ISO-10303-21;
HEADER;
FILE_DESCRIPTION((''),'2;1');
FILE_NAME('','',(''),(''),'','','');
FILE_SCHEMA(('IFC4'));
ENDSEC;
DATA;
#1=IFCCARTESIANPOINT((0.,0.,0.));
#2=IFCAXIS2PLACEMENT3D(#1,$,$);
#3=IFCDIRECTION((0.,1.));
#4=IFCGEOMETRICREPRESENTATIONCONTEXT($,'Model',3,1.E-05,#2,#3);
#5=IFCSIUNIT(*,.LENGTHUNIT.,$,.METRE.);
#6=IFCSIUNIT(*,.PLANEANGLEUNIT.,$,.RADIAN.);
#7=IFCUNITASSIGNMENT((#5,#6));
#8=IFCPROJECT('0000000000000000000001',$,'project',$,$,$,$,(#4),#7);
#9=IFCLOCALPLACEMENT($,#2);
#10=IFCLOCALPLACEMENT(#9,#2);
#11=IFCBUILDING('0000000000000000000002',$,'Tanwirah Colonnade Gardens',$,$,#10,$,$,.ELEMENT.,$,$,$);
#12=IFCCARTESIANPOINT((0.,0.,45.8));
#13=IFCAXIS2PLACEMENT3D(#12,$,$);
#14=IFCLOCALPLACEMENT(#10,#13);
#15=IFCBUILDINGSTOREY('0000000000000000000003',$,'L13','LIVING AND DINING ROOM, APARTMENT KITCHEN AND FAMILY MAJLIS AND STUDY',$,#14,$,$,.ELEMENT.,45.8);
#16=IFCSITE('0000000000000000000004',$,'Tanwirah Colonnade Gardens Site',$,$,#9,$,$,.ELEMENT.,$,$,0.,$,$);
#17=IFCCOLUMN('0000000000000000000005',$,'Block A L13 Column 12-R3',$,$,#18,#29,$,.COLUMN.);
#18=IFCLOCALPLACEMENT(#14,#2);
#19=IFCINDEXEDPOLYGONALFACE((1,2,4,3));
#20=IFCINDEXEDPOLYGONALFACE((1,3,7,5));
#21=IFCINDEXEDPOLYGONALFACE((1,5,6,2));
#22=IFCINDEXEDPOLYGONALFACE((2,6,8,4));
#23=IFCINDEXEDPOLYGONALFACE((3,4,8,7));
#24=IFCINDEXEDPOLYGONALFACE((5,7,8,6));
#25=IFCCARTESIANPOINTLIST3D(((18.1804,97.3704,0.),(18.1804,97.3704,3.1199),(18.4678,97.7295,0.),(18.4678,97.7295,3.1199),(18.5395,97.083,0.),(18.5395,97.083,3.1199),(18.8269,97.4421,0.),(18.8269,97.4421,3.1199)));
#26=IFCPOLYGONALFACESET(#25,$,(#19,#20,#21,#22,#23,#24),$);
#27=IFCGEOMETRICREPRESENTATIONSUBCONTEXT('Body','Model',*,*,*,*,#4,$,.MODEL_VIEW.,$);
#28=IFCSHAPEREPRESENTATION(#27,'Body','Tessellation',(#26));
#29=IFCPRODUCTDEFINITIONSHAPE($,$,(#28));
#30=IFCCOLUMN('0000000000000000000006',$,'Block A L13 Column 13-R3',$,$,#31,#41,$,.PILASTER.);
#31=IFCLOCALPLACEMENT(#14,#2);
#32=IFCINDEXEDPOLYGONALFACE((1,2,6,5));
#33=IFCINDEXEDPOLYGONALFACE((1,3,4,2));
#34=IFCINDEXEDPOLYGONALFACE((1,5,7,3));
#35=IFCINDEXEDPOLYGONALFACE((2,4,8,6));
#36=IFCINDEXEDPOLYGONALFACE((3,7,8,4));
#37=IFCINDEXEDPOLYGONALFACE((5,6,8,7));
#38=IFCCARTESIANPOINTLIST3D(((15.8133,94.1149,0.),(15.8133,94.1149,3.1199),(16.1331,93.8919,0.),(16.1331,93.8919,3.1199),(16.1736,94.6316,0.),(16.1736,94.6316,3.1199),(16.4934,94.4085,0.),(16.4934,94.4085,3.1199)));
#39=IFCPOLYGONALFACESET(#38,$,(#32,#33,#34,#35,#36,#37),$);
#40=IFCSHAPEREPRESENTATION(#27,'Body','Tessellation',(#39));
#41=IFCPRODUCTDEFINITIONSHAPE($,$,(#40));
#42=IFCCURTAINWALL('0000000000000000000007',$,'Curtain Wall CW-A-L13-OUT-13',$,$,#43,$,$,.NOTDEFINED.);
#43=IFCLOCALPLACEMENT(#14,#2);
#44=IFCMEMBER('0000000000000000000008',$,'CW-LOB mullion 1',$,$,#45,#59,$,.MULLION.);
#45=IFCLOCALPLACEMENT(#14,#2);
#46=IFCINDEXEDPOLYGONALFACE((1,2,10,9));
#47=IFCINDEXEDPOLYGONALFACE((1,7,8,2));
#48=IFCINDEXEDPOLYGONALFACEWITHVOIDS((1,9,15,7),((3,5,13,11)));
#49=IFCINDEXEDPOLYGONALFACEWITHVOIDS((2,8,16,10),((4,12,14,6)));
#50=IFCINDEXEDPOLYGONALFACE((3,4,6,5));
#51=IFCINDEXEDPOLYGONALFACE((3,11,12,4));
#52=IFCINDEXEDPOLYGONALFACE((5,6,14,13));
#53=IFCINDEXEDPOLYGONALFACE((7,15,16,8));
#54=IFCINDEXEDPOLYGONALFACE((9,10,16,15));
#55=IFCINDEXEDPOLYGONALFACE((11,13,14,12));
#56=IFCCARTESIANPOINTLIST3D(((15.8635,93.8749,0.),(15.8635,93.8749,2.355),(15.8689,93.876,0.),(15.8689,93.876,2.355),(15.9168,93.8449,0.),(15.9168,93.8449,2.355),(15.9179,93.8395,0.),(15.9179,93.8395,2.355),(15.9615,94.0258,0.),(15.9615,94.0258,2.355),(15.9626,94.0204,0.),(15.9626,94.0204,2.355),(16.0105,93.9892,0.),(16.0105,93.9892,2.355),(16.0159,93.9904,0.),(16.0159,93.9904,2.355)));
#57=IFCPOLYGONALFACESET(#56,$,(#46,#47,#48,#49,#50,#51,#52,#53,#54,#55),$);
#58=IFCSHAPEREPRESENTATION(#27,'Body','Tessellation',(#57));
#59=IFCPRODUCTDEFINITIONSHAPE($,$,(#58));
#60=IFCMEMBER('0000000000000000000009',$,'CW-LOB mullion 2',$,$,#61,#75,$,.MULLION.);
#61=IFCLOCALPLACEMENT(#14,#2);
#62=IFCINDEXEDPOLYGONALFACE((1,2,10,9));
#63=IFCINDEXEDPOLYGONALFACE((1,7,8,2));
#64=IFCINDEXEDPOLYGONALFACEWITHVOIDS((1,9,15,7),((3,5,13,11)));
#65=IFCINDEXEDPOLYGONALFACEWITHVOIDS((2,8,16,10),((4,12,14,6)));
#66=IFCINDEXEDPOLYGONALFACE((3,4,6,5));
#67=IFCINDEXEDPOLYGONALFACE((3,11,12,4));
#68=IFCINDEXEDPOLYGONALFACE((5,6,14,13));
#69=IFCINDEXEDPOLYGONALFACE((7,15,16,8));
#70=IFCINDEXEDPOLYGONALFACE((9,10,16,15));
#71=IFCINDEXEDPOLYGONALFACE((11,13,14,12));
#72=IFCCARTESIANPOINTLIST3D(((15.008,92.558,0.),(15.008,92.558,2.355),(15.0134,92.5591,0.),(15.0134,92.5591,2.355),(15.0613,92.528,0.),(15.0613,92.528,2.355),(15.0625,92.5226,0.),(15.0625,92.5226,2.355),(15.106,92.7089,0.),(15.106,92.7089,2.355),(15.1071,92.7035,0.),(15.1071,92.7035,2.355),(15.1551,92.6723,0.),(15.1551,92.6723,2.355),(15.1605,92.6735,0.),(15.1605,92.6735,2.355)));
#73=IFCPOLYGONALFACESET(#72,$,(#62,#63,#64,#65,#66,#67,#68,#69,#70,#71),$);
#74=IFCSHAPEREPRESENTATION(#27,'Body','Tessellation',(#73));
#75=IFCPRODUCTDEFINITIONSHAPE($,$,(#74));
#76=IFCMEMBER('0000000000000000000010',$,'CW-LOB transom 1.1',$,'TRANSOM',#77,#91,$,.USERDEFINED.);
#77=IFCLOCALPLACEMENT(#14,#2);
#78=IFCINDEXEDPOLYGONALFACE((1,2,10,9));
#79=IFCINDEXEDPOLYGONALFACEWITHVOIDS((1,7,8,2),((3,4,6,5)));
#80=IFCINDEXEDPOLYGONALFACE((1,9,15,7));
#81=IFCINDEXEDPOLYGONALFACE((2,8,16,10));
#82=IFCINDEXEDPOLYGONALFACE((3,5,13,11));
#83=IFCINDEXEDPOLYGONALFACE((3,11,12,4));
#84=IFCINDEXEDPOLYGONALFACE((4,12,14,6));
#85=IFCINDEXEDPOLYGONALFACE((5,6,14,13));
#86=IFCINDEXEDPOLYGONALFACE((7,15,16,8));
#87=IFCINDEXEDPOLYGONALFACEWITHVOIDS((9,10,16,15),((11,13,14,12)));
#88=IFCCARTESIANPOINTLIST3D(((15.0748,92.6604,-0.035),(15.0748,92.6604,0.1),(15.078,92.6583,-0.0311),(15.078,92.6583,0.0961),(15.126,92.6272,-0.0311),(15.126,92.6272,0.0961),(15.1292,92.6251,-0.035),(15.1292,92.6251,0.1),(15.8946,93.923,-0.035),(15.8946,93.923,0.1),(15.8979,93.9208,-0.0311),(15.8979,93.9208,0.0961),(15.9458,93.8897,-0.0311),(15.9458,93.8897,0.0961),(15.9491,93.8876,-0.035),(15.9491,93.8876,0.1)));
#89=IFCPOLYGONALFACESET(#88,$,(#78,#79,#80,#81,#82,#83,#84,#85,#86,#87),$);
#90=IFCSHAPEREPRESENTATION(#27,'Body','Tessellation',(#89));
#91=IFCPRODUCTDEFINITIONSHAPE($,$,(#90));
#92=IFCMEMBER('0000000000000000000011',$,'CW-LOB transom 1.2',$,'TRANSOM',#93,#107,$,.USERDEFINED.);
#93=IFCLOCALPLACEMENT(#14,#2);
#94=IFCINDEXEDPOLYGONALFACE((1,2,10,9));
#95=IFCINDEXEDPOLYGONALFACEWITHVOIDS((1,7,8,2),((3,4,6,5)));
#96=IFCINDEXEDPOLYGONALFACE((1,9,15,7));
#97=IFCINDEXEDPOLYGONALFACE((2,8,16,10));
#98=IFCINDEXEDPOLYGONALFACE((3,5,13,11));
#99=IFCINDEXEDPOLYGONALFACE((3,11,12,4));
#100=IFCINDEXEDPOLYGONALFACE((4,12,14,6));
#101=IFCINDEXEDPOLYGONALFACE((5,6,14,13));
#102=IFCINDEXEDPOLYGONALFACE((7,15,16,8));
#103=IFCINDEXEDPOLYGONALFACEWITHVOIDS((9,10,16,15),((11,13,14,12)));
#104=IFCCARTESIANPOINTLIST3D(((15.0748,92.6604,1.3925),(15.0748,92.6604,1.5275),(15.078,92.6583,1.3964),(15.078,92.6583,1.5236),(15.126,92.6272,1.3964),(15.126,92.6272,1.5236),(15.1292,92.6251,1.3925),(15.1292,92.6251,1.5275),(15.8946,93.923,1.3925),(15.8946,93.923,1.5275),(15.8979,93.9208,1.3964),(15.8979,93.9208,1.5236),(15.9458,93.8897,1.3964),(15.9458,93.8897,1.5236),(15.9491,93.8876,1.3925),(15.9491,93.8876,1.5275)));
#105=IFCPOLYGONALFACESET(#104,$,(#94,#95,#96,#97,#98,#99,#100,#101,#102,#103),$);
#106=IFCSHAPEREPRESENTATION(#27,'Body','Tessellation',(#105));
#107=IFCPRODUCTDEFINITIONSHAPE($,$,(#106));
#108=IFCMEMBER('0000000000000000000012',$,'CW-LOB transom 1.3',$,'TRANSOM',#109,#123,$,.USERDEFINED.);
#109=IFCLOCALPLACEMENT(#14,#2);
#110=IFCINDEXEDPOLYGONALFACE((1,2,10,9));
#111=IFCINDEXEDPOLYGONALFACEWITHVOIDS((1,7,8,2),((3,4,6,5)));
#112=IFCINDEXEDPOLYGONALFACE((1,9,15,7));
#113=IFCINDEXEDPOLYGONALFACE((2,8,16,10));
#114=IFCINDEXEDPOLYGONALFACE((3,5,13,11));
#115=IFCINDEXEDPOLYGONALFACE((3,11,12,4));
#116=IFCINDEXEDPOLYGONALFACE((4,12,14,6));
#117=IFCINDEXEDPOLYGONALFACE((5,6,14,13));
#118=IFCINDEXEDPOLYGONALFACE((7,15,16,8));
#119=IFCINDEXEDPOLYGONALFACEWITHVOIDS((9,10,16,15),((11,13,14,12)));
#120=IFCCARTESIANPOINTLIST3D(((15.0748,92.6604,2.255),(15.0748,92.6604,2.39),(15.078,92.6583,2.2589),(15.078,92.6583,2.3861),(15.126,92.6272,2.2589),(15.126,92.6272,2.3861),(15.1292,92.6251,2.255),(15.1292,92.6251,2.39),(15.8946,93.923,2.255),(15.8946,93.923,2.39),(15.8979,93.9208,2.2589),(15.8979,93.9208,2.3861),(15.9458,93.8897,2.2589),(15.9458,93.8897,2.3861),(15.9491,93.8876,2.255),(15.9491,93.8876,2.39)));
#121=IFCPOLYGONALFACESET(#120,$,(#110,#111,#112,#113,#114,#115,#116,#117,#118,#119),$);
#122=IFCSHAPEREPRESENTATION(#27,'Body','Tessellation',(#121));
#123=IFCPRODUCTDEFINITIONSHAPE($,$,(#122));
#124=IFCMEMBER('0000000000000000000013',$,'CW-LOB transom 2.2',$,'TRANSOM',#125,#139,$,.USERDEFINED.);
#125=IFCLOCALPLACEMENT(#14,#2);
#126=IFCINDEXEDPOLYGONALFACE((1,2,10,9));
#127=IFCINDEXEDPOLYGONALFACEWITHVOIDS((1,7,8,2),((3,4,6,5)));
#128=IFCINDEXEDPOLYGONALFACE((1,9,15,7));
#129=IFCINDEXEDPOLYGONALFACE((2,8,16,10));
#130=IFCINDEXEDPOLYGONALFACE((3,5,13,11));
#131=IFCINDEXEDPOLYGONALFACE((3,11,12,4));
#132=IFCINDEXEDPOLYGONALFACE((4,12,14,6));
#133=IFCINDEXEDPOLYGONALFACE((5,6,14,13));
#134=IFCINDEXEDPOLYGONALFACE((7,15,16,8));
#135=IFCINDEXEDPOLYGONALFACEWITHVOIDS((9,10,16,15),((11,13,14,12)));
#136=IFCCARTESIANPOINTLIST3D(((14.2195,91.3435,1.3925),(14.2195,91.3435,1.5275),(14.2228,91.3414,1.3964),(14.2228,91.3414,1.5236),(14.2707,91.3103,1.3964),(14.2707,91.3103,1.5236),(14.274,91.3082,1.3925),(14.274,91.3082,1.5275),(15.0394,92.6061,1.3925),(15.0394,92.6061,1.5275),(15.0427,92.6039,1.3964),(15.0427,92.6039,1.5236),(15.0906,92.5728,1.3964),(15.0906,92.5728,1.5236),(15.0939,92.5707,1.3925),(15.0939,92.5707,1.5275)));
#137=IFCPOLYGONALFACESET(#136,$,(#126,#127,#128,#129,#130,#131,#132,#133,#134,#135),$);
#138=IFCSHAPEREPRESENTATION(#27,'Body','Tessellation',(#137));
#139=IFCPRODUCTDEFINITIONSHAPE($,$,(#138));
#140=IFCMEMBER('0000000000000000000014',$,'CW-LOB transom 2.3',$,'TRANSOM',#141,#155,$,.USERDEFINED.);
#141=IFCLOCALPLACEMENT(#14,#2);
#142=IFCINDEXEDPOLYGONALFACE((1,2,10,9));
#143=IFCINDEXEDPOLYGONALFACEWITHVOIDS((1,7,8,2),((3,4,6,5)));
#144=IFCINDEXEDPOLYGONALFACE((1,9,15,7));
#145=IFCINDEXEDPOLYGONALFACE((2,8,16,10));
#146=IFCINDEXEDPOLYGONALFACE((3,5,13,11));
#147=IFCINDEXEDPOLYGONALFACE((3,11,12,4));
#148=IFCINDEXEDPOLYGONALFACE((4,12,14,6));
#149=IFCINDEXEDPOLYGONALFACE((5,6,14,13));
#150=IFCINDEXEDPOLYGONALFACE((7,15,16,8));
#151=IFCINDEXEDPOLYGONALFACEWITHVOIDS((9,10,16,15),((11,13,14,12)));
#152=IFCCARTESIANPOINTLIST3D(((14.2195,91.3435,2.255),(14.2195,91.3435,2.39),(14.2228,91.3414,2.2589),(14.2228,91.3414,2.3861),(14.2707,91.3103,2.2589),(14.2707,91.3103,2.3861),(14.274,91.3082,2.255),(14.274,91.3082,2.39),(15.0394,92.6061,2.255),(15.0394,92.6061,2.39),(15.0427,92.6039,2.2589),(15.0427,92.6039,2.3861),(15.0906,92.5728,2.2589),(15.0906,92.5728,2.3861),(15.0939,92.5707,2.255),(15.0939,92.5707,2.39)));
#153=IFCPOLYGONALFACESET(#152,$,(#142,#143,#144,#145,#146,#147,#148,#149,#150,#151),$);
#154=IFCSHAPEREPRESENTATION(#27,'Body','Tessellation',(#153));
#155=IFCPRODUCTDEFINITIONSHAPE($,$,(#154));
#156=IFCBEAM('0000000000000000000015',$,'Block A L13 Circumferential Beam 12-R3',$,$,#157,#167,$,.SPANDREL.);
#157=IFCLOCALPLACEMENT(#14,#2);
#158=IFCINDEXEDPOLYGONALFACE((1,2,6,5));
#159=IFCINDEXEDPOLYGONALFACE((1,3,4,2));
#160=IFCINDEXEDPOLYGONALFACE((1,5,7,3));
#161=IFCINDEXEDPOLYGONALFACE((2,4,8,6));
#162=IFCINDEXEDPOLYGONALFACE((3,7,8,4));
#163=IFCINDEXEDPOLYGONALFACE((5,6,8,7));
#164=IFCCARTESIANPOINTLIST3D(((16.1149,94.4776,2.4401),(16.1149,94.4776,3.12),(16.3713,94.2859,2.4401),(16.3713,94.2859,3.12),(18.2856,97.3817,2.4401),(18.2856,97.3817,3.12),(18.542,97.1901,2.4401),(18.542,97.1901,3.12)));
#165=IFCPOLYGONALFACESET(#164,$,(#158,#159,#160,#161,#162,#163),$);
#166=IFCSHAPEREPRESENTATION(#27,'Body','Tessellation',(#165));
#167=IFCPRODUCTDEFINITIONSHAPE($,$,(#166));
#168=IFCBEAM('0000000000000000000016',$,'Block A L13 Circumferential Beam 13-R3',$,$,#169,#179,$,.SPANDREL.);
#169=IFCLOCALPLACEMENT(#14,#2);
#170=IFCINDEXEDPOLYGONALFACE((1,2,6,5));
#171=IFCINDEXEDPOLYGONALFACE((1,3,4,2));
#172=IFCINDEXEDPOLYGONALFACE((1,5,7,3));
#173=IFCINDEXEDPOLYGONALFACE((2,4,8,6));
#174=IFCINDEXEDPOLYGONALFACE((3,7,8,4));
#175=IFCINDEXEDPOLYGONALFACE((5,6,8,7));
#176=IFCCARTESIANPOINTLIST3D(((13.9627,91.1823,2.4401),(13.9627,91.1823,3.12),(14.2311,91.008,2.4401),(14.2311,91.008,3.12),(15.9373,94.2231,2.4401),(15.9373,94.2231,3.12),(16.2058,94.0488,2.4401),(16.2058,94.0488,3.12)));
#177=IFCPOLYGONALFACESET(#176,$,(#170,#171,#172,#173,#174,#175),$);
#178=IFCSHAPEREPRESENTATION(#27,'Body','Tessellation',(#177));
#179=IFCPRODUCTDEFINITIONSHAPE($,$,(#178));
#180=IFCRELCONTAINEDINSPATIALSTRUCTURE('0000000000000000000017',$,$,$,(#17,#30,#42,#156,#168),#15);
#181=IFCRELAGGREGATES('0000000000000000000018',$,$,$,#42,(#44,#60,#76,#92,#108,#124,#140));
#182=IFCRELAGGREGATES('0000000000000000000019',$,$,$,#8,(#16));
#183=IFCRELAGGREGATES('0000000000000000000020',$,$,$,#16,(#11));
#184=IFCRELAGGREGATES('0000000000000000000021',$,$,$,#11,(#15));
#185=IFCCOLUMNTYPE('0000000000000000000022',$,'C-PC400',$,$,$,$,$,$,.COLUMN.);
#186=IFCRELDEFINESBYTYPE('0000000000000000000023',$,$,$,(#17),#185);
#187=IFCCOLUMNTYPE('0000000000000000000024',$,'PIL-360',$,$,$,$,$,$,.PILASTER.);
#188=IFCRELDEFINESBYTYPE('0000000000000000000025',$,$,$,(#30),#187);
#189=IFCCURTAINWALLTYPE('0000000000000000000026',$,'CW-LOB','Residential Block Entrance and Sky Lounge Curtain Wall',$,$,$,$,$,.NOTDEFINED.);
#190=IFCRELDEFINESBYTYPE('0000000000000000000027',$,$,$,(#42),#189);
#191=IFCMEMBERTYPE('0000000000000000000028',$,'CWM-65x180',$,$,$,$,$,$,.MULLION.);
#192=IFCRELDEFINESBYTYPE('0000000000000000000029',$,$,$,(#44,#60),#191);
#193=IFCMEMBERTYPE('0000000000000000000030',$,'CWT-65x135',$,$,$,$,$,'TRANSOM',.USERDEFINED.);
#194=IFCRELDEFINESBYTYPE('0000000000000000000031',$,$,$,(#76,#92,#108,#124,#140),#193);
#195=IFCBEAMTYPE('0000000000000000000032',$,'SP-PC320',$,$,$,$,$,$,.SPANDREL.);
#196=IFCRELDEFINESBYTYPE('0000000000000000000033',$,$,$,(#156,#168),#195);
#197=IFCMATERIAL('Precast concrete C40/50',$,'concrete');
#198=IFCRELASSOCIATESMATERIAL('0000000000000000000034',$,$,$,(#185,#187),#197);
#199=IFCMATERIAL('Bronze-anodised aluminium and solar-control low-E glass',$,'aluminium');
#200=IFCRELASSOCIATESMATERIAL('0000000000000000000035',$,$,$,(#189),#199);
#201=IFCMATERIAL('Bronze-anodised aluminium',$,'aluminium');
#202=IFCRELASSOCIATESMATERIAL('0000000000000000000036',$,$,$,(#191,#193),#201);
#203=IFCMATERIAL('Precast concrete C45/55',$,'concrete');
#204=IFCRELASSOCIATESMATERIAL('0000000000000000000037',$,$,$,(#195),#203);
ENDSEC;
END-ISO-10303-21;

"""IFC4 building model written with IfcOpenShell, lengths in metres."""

from ifc_helpers import new_model, si_unit, direction, frame, origin, origin_2d, place, context, subcontext, project, spatial, rectangle, hollow_rectangle, extrude, material, material_profile, profile_set, type_object, element, aggregate, save


model = new_model("IFC4")

# Units and contexts
model_context = context("Model", 3, precision=1e-05, world=origin(), true_north=direction((0.0, 1.0)))
body_context = subcontext(model_context, "Body", "Model", "MODEL_VIEW")
ifc_project = project(units=[si_unit("LENGTHUNIT", "METRE"), si_unit("PLANEANGLEUNIT", "RADIAN")], contexts=[model_context])

# Site, building, storey
site_placement = place(None, origin())
site = spatial("IfcSite", under=ifc_project, at=site_placement, Name="Tanwirah Colonnade Gardens Site", CompositionType="ELEMENT", RefElevation=0.0)
building_placement = place(site_placement, origin())
building = spatial("IfcBuilding", under=site, at=building_placement, Name="Tanwirah Colonnade Gardens", CompositionType="ELEMENT")
storey_placement = place(building_placement, frame((0.0, 0.0, 45.8)))
storey = spatial("IfcBuildingStorey", under=building, at=storey_placement, Name="L13", Description="LIVING AND DINING ROOM, APARTMENT KITCHEN AND FAMILY MAJLIS AND STUDY", CompositionType="ELEMENT", Elevation=45.8)

# Columns
ifc_material_1 = material(Name="Precast concrete C40/50", Category="concrete")
ifc_material_profile_1 = material_profile(ifc_material_1, rectangle(XDim=0.46, YDim=0.46, at=origin_2d()), Name="PC-COL 460x460")
ifc_profile_set_1 = profile_set([ifc_material_profile_1], Name="Precast concrete C40/50")
column_type_1 = type_object("IfcColumnType", Name="C-PC400", PredefinedType="COLUMN", material=ifc_profile_set_1)
column_1_placement = place(storey_placement, frame((18.5037, 97.4062, 0.0), z_axis=(0.0, 0.0, 1.0), x_axis=(-0.780794, 0.624788, 0.0)))
element("IfcColumn", 1, at=column_1_placement, inside=storey, type_object=column_type_1, Name="Block A L13 Column 12-R3", PredefinedType="COLUMN", context=body_context, shape_type="SweptSolid", body=[
    extrude(rectangle(XDim=0.46, YDim=0.46, at=origin_2d()), origin(), (0.0, 0.0, 1.0), 3.1199),
])
ifc_material_profile_2 = material_profile(ifc_material_1, rectangle(XDim=0.3899, YDim=0.6299, at=origin_2d()), Name="PC-PIL 390x630")
ifc_profile_set_2 = profile_set([ifc_material_profile_2], Name="Precast concrete C40/50")
column_type_2 = type_object("IfcColumnType", Name="PIL-360", PredefinedType="PILASTER", material=ifc_profile_set_2)
column_2_placement = place(storey_placement, frame((16.1533, 94.2617, 0.0), z_axis=(0.0, 0.0, 1.0), x_axis=(-0.820263, 0.571987, 0.0)))
element("IfcColumn", 2, at=column_2_placement, inside=storey, type_object=column_type_2, Name="Block A L13 Column 13-R3", PredefinedType="PILASTER", context=body_context, shape_type="SweptSolid", body=[
    extrude(rectangle(XDim=0.3899, YDim=0.6299, at=origin_2d()), origin(), (0.0, 0.0, 1.0), 3.1199),
])

# Curtain wall, members
ifc_material_2 = material(Name="Bronze-anodised aluminium and solar-control low-E glass", Category="aluminium")
curtain_wall_type = type_object("IfcCurtainWallType", Name="CW-LOB", Description="Residential Block Entrance and Sky Lounge Curtain Wall", PredefinedType="NOTDEFINED", material=ifc_material_2)
curtain_wall_placement = place(storey_placement, origin())
curtain_wall = element("IfcCurtainWall", 3, at=curtain_wall_placement, inside=storey, type_object=curtain_wall_type, Name="Curtain Wall CW-A-L13-OUT-13", PredefinedType="NOTDEFINED")
ifc_material_3 = material(Name="Bronze-anodised aluminium", Category="aluminium")
ifc_material_profile_3 = material_profile(ifc_material_3, hollow_rectangle(XDim=0.0649, YDim=0.1799, WallThickness=0.0039, at=origin_2d()), Name="CW-MUL 65x180x4")
ifc_profile_set_3 = profile_set([ifc_material_profile_3], Name="Bronze-anodised aluminium")
member_type_1 = type_object("IfcMemberType", Name="CWM-65x180", PredefinedType="MULLION", material=ifc_profile_set_3)
member_1_placement = place(storey_placement, frame((15.9397, 93.9326, 0.0), z_axis=(0.0, 0.0, 1.0), x_axis=(0.83867, -0.54464, 0.0)))
member_1 = element("IfcMember", 4, at=member_1_placement, type_object=member_type_1, Name="CW-LOB mullion 1", PredefinedType="MULLION", context=body_context, shape_type="SweptSolid", body=[
    extrude(hollow_rectangle(XDim=0.0649, YDim=0.1799, WallThickness=0.0039, at=origin_2d()), origin(), (0.0, 0.0, 1.0), 2.355),
])
member_2_placement = place(storey_placement, frame((15.0842, 92.6157, 0.0), z_axis=(0.0, 0.0, 1.0), x_axis=(0.83867, -0.54464, 0.0)))
member_2 = element("IfcMember", 5, at=member_2_placement, type_object=member_type_1, Name="CW-LOB mullion 2", PredefinedType="MULLION", context=body_context, shape_type="SweptSolid", body=[
    extrude(hollow_rectangle(XDim=0.0649, YDim=0.1799, WallThickness=0.0039, at=origin_2d()), origin(), (0.0, 0.0, 1.0), 2.355),
])
ifc_material_profile_4 = material_profile(ifc_material_3, hollow_rectangle(XDim=0.0649, YDim=0.135, WallThickness=0.0039, at=origin_2d()), Name="CW-TRN 65x135x4")
ifc_profile_set_4 = profile_set([ifc_material_profile_4], Name="Bronze-anodised aluminium")
member_type_2 = type_object("IfcMemberType", Name="CWT-65x135", ElementType="TRANSOM", PredefinedType="USERDEFINED", material=ifc_profile_set_4)
member_3_placement = place(storey_placement, frame((15.9219, 93.9053, 0.0325), z_axis=(-0.544629, -0.838677, 0.0), x_axis=(0.838677, -0.544629, 0.0)))
member_3 = element("IfcMember", 6, at=member_3_placement, type_object=member_type_2, Name="CW-LOB transom 1.1", ObjectType="TRANSOM", PredefinedType="USERDEFINED", context=body_context, shape_type="SweptSolid", body=[
    extrude(hollow_rectangle(XDim=0.0649, YDim=0.135, WallThickness=0.0039, at=origin_2d()), origin(), (0.0, 0.0, 1.0), 1.5054),
])
member_4_placement = place(storey_placement, frame((15.9219, 93.9053, 1.46), z_axis=(-0.544629, -0.838677, 0.0), x_axis=(0.838677, -0.544629, 0.0)))
member_4 = element("IfcMember", 7, at=member_4_placement, type_object=member_type_2, Name="CW-LOB transom 1.2", ObjectType="TRANSOM", PredefinedType="USERDEFINED", context=body_context, shape_type="SweptSolid", body=[
    extrude(hollow_rectangle(XDim=0.0649, YDim=0.135, WallThickness=0.0039, at=origin_2d()), origin(), (0.0, 0.0, 1.0), 1.5054),
])
member_5_placement = place(storey_placement, frame((15.9219, 93.9053, 2.3225), z_axis=(-0.544629, -0.838677, 0.0), x_axis=(0.838677, -0.544629, 0.0)))
member_5 = element("IfcMember", 8, at=member_5_placement, type_object=member_type_2, Name="CW-LOB transom 1.3", ObjectType="TRANSOM", PredefinedType="USERDEFINED", context=body_context, shape_type="SweptSolid", body=[
    extrude(hollow_rectangle(XDim=0.0649, YDim=0.135, WallThickness=0.0039, at=origin_2d()), origin(), (0.0, 0.0, 1.0), 1.5054),
])
member_6_placement = place(storey_placement, frame((15.0667, 92.5884, 1.46), z_axis=(-0.544629, -0.838677, 0.0), x_axis=(0.838677, -0.544629, 0.0)))
member_6 = element("IfcMember", 9, at=member_6_placement, type_object=member_type_2, Name="CW-LOB transom 2.2", ObjectType="TRANSOM", PredefinedType="USERDEFINED", context=body_context, shape_type="SweptSolid", body=[
    extrude(hollow_rectangle(XDim=0.0649, YDim=0.135, WallThickness=0.0039, at=origin_2d()), origin(), (0.0, 0.0, 1.0), 1.5054),
])
member_7_placement = place(storey_placement, frame((15.0667, 92.5884, 2.3225), z_axis=(-0.544629, -0.838677, 0.0), x_axis=(0.838677, -0.544629, 0.0)))
member_7 = element("IfcMember", 10, at=member_7_placement, type_object=member_type_2, Name="CW-LOB transom 2.3", ObjectType="TRANSOM", PredefinedType="USERDEFINED", context=body_context, shape_type="SweptSolid", body=[
    extrude(hollow_rectangle(XDim=0.0649, YDim=0.135, WallThickness=0.0039, at=origin_2d()), origin(), (0.0, 0.0, 1.0), 1.5054),
])

# Beams
ifc_material_4 = material(Name="Precast concrete C45/55", Category="concrete")
ifc_material_profile_5 = material_profile(ifc_material_4, rectangle(XDim=0.3201, YDim=0.6799, at=origin_2d()), Name="PC-SP 320x680")
ifc_profile_set_5 = profile_set([ifc_material_profile_5], Name="Precast concrete C45/55")
beam_type = type_object("IfcBeamType", Name="SP-PC320", PredefinedType="SPANDREL", material=ifc_profile_set_5)
for number, where, z_axis, x_axis, name in (
    (11, (18.4138, 97.2859, 2.78), (-0.598696, -0.800977, 0.0), (0.800977, -0.598696, 0.0), "Block A L13 Circumferential Beam 12-R3"),
    (12, (16.0715, 94.136, 2.78), (-0.544621, -0.838682, 0.0), (0.838682, -0.544621, 0.0), "Block A L13 Circumferential Beam 13-R3"),
):
    element("IfcBeam", number, at=place(storey_placement, frame(where, z_axis=z_axis, x_axis=x_axis)), inside=storey, type_object=beam_type, Name=name, PredefinedType="SPANDREL", context=body_context, shape_type="SweptSolid", body=[
        extrude(rectangle(XDim=0.3201, YDim=0.6799, at=origin_2d()), origin(), (0.0, 0.0, 1.0), 3.6257),
    ])

aggregate(curtain_wall, [member_1, member_2, member_3, member_4, member_5, member_6, member_7])

save(model, "model.ifc")
